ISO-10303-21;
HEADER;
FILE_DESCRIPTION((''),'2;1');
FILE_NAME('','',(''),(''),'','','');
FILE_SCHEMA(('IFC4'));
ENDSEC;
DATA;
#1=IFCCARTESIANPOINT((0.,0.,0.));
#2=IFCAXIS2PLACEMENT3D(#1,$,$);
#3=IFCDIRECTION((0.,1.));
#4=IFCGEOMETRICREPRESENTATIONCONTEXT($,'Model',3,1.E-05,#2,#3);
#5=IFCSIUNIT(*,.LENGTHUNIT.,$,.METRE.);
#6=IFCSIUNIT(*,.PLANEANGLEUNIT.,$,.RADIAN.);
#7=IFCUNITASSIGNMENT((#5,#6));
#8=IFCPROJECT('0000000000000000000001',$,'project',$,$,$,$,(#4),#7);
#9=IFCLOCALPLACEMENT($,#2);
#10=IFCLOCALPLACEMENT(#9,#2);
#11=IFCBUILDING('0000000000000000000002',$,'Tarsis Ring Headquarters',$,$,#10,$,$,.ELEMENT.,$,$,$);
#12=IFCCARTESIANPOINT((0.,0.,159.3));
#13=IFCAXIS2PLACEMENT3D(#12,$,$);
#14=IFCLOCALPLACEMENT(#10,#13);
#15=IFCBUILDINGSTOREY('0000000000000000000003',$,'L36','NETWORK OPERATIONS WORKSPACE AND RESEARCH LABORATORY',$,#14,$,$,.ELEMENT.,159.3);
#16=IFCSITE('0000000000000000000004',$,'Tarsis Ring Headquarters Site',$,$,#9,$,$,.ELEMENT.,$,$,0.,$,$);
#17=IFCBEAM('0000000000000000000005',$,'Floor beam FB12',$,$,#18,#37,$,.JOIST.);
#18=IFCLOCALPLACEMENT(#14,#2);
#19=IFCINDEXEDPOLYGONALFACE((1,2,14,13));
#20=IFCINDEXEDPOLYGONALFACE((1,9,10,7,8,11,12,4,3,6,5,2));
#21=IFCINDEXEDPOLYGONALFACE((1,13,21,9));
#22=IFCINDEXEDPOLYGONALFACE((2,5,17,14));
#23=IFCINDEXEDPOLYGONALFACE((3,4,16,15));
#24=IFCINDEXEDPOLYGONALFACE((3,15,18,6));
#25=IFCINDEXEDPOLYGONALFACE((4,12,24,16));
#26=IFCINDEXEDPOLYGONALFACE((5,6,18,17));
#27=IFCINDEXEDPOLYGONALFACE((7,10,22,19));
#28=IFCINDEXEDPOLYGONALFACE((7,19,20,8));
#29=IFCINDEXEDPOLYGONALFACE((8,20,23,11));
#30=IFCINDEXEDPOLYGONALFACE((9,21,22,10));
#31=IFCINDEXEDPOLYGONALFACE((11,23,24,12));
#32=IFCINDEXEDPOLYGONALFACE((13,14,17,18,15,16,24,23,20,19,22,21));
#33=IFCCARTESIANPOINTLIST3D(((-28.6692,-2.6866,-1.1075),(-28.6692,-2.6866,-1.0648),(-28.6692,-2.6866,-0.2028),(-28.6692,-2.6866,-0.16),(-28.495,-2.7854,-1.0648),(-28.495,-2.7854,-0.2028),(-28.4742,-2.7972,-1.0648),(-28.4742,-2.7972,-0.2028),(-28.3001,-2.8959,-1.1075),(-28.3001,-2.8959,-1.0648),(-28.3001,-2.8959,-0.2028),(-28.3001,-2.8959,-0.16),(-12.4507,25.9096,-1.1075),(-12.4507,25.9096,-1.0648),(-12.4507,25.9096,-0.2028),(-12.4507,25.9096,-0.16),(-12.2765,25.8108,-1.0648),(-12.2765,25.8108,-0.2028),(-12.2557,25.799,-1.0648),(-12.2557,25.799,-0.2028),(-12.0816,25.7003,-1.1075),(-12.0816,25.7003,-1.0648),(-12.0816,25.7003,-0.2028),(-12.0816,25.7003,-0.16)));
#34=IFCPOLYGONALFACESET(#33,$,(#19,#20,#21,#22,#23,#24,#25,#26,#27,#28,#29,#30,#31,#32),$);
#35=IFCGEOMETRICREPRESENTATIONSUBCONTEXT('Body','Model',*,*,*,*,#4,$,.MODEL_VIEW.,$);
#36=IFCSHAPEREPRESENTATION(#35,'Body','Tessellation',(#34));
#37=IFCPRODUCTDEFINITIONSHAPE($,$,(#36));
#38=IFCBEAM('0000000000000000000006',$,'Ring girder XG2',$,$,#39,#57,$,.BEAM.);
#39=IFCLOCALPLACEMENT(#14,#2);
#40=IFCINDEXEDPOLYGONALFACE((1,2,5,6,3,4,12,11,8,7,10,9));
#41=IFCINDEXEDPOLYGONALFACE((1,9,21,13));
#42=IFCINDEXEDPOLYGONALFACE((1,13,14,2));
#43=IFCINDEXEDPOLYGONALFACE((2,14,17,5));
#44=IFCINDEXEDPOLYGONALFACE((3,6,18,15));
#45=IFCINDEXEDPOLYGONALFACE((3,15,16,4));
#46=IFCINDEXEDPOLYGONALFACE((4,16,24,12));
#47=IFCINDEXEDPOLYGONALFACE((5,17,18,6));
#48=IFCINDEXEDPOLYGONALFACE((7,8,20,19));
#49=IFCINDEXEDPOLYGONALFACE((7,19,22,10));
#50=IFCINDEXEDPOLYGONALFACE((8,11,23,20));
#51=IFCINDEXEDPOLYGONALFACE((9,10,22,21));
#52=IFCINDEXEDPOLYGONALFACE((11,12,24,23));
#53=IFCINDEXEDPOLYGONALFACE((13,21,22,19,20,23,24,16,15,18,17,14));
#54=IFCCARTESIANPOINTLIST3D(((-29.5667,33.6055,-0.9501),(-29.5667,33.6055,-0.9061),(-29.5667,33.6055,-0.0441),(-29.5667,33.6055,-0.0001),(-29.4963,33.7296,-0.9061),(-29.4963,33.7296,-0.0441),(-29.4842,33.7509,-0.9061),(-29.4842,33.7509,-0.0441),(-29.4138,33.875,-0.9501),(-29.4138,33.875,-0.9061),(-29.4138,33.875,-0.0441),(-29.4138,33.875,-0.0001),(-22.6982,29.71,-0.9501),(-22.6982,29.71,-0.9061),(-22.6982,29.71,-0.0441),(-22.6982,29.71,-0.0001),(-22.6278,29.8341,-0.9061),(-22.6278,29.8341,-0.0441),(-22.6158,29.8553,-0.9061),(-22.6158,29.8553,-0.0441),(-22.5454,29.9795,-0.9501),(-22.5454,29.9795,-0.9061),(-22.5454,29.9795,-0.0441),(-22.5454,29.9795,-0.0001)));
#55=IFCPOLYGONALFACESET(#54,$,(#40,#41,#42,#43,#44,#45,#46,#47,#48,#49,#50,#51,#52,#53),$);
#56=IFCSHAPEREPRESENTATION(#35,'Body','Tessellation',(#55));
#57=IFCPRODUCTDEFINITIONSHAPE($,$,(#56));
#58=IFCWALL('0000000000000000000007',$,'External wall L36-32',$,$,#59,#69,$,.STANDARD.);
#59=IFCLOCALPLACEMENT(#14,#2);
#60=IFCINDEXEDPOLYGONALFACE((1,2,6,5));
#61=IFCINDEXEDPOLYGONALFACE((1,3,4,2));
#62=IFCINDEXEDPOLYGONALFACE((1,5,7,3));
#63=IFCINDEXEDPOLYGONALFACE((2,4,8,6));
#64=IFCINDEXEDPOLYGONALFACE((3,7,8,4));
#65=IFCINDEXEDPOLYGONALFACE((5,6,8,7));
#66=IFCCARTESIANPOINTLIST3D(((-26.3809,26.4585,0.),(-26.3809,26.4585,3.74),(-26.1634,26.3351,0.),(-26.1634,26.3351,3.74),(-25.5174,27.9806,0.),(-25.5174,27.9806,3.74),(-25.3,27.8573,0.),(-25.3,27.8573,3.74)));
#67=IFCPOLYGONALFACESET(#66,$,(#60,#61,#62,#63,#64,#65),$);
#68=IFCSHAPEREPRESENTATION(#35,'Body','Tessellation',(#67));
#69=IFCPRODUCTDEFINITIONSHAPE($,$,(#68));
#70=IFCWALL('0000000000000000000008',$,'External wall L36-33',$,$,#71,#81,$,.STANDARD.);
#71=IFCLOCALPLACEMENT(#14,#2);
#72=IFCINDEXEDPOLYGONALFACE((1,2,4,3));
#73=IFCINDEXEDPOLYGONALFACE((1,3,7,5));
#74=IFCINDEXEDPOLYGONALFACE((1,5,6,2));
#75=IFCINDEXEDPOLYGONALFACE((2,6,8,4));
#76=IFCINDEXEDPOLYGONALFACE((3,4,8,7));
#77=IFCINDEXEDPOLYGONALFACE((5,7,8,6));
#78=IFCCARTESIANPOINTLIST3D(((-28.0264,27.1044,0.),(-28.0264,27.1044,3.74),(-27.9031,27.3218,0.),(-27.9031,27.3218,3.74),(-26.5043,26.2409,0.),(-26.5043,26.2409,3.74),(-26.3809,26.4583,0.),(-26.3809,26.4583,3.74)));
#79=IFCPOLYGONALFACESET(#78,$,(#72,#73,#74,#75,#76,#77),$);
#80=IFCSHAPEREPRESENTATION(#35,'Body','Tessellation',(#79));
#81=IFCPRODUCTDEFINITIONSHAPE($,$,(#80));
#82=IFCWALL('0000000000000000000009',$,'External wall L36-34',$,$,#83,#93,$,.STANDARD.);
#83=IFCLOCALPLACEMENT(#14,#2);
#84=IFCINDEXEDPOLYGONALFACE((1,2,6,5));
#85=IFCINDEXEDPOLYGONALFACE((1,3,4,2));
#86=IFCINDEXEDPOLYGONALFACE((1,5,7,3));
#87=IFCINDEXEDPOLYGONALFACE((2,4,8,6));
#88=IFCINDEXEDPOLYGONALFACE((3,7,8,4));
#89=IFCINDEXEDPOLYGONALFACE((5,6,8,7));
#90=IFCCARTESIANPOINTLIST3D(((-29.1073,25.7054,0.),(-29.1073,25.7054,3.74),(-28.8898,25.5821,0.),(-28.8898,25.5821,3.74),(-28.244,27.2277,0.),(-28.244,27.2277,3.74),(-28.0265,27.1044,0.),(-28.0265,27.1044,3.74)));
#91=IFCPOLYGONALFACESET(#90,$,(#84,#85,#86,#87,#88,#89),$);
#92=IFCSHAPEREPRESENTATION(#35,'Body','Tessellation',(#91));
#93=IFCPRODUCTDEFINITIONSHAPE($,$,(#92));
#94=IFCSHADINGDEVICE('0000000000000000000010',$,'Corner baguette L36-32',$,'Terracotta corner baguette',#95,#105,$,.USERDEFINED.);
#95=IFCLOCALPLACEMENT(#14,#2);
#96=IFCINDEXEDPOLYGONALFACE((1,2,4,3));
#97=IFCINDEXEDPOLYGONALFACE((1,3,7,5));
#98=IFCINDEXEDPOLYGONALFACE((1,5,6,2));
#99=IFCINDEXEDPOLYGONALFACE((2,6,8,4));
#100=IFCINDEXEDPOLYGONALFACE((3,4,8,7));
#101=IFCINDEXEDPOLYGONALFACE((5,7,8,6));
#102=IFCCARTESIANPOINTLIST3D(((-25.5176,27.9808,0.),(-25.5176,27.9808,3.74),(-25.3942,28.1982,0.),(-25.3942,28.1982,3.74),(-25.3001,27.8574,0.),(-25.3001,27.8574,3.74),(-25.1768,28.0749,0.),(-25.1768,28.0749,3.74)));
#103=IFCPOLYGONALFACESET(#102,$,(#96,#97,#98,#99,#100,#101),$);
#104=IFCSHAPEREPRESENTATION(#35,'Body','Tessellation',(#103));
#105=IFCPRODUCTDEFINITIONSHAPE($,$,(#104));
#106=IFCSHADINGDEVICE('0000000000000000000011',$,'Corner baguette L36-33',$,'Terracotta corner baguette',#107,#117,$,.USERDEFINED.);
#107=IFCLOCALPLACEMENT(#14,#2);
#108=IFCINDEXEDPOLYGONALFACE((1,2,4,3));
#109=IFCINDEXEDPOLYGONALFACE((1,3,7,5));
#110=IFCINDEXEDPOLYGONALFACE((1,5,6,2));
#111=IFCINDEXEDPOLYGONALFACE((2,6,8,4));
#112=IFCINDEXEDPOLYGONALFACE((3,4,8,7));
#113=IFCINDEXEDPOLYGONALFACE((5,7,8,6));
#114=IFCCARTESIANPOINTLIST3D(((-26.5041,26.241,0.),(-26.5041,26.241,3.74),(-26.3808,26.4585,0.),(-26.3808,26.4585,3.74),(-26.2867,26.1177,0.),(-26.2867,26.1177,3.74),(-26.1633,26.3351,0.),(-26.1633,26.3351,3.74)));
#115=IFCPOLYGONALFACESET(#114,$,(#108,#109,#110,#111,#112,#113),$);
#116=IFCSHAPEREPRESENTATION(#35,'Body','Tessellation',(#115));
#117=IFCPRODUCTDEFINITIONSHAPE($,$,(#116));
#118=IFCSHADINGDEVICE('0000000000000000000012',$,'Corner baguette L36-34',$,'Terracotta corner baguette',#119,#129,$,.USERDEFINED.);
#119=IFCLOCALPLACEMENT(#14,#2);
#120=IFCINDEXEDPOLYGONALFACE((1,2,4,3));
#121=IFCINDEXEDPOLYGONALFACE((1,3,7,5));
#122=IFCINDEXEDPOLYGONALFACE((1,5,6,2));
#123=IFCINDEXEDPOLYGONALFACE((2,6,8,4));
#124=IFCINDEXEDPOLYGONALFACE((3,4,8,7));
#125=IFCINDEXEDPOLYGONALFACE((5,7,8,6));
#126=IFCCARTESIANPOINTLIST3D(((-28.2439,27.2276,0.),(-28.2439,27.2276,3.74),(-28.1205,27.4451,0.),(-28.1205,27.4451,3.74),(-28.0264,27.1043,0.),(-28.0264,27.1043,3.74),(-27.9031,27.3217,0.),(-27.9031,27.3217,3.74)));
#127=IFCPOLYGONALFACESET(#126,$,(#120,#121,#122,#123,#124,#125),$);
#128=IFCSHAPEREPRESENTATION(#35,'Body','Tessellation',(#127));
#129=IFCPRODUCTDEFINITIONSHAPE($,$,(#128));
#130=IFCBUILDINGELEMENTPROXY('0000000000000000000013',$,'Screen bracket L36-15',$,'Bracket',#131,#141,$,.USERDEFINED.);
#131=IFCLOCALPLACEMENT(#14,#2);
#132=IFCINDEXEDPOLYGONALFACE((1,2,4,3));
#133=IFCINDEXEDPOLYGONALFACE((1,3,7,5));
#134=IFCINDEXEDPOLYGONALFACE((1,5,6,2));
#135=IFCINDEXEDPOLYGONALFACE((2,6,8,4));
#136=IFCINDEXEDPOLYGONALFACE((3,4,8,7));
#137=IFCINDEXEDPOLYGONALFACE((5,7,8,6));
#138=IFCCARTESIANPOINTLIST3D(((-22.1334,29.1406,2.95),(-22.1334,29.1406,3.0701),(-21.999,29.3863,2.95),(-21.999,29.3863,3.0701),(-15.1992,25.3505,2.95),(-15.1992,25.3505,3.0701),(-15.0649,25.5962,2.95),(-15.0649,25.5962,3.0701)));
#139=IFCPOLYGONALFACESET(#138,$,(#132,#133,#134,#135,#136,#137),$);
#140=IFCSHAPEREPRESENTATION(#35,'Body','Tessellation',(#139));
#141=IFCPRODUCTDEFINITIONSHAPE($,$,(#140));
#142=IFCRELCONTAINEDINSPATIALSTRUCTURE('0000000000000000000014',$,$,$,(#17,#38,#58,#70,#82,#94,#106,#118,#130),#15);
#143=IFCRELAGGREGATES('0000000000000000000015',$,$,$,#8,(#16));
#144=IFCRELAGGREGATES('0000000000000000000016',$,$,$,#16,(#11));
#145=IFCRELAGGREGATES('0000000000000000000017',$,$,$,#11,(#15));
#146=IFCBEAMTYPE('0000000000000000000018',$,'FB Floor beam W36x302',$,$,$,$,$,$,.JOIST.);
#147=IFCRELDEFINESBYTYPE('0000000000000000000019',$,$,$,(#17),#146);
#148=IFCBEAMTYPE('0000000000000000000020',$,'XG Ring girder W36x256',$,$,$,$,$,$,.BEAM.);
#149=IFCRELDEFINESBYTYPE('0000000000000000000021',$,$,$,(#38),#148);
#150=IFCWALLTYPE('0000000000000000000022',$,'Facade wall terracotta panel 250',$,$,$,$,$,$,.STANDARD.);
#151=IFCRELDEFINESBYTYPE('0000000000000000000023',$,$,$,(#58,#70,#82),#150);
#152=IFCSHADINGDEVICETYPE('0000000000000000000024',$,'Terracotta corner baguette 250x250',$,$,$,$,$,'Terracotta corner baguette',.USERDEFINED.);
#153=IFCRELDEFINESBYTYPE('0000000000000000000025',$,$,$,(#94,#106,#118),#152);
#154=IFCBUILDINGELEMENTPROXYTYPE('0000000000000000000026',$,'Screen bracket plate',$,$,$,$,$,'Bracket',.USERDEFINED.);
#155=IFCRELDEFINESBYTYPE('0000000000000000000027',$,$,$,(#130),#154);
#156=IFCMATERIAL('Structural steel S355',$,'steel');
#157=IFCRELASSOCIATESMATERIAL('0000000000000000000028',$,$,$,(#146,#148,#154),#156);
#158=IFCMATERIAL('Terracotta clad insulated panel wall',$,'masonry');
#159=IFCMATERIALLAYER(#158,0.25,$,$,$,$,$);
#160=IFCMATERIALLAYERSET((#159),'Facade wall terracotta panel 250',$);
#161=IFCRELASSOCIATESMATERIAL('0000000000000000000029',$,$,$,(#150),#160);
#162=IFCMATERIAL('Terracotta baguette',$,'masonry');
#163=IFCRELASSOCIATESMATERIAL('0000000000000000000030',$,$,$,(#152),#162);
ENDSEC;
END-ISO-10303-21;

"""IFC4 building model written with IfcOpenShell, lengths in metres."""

from ifc_helpers import new_model, si_unit, direction, frame, frame_2d, origin, origin_2d, place, context, subcontext, project, spatial, rectangle, i_section, extrude, material, layer, layer_set, material_profile, profile_set, type_object, element, save


model = new_model("IFC4")

# Units and contexts
model_context = context("Model", 3, precision=1e-05, world=origin(), true_north=direction((0.0, 1.0)))
body_context = subcontext(model_context, "Body", "Model", "MODEL_VIEW")
ifc_project = project(units=[si_unit("LENGTHUNIT", "METRE"), si_unit("PLANEANGLEUNIT", "RADIAN")], contexts=[model_context])

# Site, building, storey
site_placement = place(None, origin())
site = spatial("IfcSite", under=ifc_project, at=site_placement, Name="Tarsis Ring Headquarters Site", CompositionType="ELEMENT", RefElevation=0.0)
building_placement = place(site_placement, origin())
building = spatial("IfcBuilding", under=site, at=building_placement, Name="Tarsis Ring Headquarters", CompositionType="ELEMENT")
storey_placement = place(building_placement, frame((0.0, 0.0, 159.3)))
storey = spatial("IfcBuildingStorey", under=building, at=storey_placement, Name="L36", Description="NETWORK OPERATIONS WORKSPACE AND RESEARCH LABORATORY", CompositionType="ELEMENT", Elevation=159.3)

# Shared definitions
ifc_material_1 = material(Name="Structural steel S355", Category="steel")

# Beams
ifc_material_profile_1 = material_profile(ifc_material_1, i_section(OverallWidth=0.3098, OverallDepth=0.95, WebThickness=0.0244, FlangeThickness=0.0439, at=origin_2d()), Name="W36x256")
ifc_profile_set_1 = profile_set([ifc_material_profile_1], Name="Structural steel S355")
ifc_material_profile_2 = material_profile(ifc_material_1, i_section(OverallWidth=0.4243, OverallDepth=0.9475, WebThickness=0.0239, FlangeThickness=0.0427, at=origin_2d()), Name="W36x302")
ifc_profile_set_2 = profile_set([ifc_material_profile_2], Name="Structural steel S355")
beam_type_1 = type_object("IfcBeamType", Name="FB Floor beam W36x302", PredefinedType="JOIST", material=ifc_profile_set_2)
beam_1_placement = place(storey_placement, frame((-12.2661, 25.8049, -0.6338), z_axis=(-0.493335, -0.869839, 0.0), x_axis=(0.869839, -0.493335, 0.0)))
element("IfcBeam", 1, at=beam_1_placement, inside=storey, type_object=beam_type_1, Name="Floor beam FB12", PredefinedType="JOIST", context=body_context, shape_type="SweptSolid", body=[
    extrude(i_section(OverallWidth=0.4243, OverallDepth=0.9475, WebThickness=0.0239, FlangeThickness=0.0427, at=origin_2d()), origin(), (0.0, 0.0, 1.0), 32.8752),
])
beam_type_2 = type_object("IfcBeamType", Name="XG Ring girder W36x256", PredefinedType="BEAM", material=ifc_profile_set_1)
beam_2_placement = place(storey_placement, frame((-22.6218, 29.8447, -0.4751), z_axis=(-0.869837, 0.493339, 0.0), x_axis=(-0.493339, -0.869837, 0.0)))
element("IfcBeam", 2, at=beam_2_placement, inside=storey, type_object=beam_type_2, Name="Ring girder XG2", PredefinedType="BEAM", context=body_context, shape_type="SweptSolid", body=[
    extrude(i_section(OverallWidth=0.3098, OverallDepth=0.95, WebThickness=0.0244, FlangeThickness=0.0439, at=origin_2d()), origin(), (0.0, 0.0, 1.0), 7.8962),
])

# Walls
ifc_material_2 = material(Name="Terracotta clad insulated panel wall", Category="masonry")
ifc_layer = layer(ifc_material_2, 0.25)
ifc_layer_set = layer_set([ifc_layer], Name="Facade wall terracotta panel 250")
wall_type = type_object("IfcWallType", Name="Facade wall terracotta panel 250", PredefinedType="STANDARD", material=ifc_layer_set)
for number, where, z_axis, x_axis, name in (
    (3, (-25.4087, 27.9189, 0.0), (0.0, 0.0, 1.0), (-0.493417, -0.869793, 0.0), "External wall L36-32"),
    (4, (-26.4426, 26.3496, 0.0), (0.0, 0.0, 1.0), (-0.869793, 0.493417, 0.0), "External wall L36-33"),
    (5, (-28.1353, 27.166, 0.0), (0.0, 0.0, 1.0), (-0.493312, -0.869853, 0.0), "External wall L36-34"),
):
    element("IfcWall", number, at=place(storey_placement, frame(where, z_axis=z_axis, x_axis=x_axis)), inside=storey, type_object=wall_type, Name=name, PredefinedType="STANDARD", context=body_context, shape_type="SweptSolid", body=[
        extrude(rectangle(XDim=1.75, YDim=0.25, at=frame_2d((0.875, 0.0))), origin(), (0.0, 0.0, 1.0), 3.74),
    ])

# Shading devices
ifc_material_3 = material(Name="Terracotta baguette", Category="masonry")
shading_device_type_1 = type_object("IfcShadingDeviceType", Name="Terracotta corner baguette 250x250", ElementType="Terracotta corner baguette", PredefinedType="USERDEFINED", material=ifc_material_3)
for number, where, z_axis, x_axis, name in (
    (6, (-25.3472, 28.0278, 0.0), (0.0, 0.0, 1.0), (-0.86984, 0.493335, 0.0), "Corner baguette L36-32"),
    (7, (-26.3337, 26.2881, 0.0), (0.0, 0.0, 1.0), (-0.493335, -0.869839, 0.0), "Corner baguette L36-33"),
    (8, (-28.0735, 27.2747, 0.0), (0.0, 0.0, 1.0), (-0.86984, 0.493335, 0.0), "Corner baguette L36-34"),
):
    element("IfcShadingDevice", number, at=place(storey_placement, frame(where, z_axis=z_axis, x_axis=x_axis)), inside=storey, type_object=shading_device_type_1, Name=name, ObjectType="Terracotta corner baguette", PredefinedType="USERDEFINED", context=body_context, shape_type="SweptSolid", body=[
        extrude(rectangle(XDim=0.25, YDim=0.25, at=origin_2d()), origin(), (0.0, 0.0, 1.0), 3.74),
    ])

# Building element proxy
building_element_proxy_type = type_object("IfcBuildingElementProxyType", Name="Screen bracket plate", ElementType="Bracket", PredefinedType="USERDEFINED", material=ifc_material_1)
proxy_placement = place(storey_placement, frame((-18.5991, 27.3684, 2.95), z_axis=(0.0, 0.0, 1.0), x_axis=(-0.877481, 0.479611, 0.0)))
element("IfcBuildingElementProxy", 9, at=proxy_placement, inside=storey, type_object=building_element_proxy_type, Name="Screen bracket L36-15", ObjectType="Bracket", PredefinedType="USERDEFINED", context=body_context, shape_type="SweptSolid", body=[
    extrude(rectangle(XDim=7.9023, YDim=0.28, at=origin_2d()), origin(), (0.0, 0.0, 1.0), 0.1201),
])

save(model, "model.ifc")
